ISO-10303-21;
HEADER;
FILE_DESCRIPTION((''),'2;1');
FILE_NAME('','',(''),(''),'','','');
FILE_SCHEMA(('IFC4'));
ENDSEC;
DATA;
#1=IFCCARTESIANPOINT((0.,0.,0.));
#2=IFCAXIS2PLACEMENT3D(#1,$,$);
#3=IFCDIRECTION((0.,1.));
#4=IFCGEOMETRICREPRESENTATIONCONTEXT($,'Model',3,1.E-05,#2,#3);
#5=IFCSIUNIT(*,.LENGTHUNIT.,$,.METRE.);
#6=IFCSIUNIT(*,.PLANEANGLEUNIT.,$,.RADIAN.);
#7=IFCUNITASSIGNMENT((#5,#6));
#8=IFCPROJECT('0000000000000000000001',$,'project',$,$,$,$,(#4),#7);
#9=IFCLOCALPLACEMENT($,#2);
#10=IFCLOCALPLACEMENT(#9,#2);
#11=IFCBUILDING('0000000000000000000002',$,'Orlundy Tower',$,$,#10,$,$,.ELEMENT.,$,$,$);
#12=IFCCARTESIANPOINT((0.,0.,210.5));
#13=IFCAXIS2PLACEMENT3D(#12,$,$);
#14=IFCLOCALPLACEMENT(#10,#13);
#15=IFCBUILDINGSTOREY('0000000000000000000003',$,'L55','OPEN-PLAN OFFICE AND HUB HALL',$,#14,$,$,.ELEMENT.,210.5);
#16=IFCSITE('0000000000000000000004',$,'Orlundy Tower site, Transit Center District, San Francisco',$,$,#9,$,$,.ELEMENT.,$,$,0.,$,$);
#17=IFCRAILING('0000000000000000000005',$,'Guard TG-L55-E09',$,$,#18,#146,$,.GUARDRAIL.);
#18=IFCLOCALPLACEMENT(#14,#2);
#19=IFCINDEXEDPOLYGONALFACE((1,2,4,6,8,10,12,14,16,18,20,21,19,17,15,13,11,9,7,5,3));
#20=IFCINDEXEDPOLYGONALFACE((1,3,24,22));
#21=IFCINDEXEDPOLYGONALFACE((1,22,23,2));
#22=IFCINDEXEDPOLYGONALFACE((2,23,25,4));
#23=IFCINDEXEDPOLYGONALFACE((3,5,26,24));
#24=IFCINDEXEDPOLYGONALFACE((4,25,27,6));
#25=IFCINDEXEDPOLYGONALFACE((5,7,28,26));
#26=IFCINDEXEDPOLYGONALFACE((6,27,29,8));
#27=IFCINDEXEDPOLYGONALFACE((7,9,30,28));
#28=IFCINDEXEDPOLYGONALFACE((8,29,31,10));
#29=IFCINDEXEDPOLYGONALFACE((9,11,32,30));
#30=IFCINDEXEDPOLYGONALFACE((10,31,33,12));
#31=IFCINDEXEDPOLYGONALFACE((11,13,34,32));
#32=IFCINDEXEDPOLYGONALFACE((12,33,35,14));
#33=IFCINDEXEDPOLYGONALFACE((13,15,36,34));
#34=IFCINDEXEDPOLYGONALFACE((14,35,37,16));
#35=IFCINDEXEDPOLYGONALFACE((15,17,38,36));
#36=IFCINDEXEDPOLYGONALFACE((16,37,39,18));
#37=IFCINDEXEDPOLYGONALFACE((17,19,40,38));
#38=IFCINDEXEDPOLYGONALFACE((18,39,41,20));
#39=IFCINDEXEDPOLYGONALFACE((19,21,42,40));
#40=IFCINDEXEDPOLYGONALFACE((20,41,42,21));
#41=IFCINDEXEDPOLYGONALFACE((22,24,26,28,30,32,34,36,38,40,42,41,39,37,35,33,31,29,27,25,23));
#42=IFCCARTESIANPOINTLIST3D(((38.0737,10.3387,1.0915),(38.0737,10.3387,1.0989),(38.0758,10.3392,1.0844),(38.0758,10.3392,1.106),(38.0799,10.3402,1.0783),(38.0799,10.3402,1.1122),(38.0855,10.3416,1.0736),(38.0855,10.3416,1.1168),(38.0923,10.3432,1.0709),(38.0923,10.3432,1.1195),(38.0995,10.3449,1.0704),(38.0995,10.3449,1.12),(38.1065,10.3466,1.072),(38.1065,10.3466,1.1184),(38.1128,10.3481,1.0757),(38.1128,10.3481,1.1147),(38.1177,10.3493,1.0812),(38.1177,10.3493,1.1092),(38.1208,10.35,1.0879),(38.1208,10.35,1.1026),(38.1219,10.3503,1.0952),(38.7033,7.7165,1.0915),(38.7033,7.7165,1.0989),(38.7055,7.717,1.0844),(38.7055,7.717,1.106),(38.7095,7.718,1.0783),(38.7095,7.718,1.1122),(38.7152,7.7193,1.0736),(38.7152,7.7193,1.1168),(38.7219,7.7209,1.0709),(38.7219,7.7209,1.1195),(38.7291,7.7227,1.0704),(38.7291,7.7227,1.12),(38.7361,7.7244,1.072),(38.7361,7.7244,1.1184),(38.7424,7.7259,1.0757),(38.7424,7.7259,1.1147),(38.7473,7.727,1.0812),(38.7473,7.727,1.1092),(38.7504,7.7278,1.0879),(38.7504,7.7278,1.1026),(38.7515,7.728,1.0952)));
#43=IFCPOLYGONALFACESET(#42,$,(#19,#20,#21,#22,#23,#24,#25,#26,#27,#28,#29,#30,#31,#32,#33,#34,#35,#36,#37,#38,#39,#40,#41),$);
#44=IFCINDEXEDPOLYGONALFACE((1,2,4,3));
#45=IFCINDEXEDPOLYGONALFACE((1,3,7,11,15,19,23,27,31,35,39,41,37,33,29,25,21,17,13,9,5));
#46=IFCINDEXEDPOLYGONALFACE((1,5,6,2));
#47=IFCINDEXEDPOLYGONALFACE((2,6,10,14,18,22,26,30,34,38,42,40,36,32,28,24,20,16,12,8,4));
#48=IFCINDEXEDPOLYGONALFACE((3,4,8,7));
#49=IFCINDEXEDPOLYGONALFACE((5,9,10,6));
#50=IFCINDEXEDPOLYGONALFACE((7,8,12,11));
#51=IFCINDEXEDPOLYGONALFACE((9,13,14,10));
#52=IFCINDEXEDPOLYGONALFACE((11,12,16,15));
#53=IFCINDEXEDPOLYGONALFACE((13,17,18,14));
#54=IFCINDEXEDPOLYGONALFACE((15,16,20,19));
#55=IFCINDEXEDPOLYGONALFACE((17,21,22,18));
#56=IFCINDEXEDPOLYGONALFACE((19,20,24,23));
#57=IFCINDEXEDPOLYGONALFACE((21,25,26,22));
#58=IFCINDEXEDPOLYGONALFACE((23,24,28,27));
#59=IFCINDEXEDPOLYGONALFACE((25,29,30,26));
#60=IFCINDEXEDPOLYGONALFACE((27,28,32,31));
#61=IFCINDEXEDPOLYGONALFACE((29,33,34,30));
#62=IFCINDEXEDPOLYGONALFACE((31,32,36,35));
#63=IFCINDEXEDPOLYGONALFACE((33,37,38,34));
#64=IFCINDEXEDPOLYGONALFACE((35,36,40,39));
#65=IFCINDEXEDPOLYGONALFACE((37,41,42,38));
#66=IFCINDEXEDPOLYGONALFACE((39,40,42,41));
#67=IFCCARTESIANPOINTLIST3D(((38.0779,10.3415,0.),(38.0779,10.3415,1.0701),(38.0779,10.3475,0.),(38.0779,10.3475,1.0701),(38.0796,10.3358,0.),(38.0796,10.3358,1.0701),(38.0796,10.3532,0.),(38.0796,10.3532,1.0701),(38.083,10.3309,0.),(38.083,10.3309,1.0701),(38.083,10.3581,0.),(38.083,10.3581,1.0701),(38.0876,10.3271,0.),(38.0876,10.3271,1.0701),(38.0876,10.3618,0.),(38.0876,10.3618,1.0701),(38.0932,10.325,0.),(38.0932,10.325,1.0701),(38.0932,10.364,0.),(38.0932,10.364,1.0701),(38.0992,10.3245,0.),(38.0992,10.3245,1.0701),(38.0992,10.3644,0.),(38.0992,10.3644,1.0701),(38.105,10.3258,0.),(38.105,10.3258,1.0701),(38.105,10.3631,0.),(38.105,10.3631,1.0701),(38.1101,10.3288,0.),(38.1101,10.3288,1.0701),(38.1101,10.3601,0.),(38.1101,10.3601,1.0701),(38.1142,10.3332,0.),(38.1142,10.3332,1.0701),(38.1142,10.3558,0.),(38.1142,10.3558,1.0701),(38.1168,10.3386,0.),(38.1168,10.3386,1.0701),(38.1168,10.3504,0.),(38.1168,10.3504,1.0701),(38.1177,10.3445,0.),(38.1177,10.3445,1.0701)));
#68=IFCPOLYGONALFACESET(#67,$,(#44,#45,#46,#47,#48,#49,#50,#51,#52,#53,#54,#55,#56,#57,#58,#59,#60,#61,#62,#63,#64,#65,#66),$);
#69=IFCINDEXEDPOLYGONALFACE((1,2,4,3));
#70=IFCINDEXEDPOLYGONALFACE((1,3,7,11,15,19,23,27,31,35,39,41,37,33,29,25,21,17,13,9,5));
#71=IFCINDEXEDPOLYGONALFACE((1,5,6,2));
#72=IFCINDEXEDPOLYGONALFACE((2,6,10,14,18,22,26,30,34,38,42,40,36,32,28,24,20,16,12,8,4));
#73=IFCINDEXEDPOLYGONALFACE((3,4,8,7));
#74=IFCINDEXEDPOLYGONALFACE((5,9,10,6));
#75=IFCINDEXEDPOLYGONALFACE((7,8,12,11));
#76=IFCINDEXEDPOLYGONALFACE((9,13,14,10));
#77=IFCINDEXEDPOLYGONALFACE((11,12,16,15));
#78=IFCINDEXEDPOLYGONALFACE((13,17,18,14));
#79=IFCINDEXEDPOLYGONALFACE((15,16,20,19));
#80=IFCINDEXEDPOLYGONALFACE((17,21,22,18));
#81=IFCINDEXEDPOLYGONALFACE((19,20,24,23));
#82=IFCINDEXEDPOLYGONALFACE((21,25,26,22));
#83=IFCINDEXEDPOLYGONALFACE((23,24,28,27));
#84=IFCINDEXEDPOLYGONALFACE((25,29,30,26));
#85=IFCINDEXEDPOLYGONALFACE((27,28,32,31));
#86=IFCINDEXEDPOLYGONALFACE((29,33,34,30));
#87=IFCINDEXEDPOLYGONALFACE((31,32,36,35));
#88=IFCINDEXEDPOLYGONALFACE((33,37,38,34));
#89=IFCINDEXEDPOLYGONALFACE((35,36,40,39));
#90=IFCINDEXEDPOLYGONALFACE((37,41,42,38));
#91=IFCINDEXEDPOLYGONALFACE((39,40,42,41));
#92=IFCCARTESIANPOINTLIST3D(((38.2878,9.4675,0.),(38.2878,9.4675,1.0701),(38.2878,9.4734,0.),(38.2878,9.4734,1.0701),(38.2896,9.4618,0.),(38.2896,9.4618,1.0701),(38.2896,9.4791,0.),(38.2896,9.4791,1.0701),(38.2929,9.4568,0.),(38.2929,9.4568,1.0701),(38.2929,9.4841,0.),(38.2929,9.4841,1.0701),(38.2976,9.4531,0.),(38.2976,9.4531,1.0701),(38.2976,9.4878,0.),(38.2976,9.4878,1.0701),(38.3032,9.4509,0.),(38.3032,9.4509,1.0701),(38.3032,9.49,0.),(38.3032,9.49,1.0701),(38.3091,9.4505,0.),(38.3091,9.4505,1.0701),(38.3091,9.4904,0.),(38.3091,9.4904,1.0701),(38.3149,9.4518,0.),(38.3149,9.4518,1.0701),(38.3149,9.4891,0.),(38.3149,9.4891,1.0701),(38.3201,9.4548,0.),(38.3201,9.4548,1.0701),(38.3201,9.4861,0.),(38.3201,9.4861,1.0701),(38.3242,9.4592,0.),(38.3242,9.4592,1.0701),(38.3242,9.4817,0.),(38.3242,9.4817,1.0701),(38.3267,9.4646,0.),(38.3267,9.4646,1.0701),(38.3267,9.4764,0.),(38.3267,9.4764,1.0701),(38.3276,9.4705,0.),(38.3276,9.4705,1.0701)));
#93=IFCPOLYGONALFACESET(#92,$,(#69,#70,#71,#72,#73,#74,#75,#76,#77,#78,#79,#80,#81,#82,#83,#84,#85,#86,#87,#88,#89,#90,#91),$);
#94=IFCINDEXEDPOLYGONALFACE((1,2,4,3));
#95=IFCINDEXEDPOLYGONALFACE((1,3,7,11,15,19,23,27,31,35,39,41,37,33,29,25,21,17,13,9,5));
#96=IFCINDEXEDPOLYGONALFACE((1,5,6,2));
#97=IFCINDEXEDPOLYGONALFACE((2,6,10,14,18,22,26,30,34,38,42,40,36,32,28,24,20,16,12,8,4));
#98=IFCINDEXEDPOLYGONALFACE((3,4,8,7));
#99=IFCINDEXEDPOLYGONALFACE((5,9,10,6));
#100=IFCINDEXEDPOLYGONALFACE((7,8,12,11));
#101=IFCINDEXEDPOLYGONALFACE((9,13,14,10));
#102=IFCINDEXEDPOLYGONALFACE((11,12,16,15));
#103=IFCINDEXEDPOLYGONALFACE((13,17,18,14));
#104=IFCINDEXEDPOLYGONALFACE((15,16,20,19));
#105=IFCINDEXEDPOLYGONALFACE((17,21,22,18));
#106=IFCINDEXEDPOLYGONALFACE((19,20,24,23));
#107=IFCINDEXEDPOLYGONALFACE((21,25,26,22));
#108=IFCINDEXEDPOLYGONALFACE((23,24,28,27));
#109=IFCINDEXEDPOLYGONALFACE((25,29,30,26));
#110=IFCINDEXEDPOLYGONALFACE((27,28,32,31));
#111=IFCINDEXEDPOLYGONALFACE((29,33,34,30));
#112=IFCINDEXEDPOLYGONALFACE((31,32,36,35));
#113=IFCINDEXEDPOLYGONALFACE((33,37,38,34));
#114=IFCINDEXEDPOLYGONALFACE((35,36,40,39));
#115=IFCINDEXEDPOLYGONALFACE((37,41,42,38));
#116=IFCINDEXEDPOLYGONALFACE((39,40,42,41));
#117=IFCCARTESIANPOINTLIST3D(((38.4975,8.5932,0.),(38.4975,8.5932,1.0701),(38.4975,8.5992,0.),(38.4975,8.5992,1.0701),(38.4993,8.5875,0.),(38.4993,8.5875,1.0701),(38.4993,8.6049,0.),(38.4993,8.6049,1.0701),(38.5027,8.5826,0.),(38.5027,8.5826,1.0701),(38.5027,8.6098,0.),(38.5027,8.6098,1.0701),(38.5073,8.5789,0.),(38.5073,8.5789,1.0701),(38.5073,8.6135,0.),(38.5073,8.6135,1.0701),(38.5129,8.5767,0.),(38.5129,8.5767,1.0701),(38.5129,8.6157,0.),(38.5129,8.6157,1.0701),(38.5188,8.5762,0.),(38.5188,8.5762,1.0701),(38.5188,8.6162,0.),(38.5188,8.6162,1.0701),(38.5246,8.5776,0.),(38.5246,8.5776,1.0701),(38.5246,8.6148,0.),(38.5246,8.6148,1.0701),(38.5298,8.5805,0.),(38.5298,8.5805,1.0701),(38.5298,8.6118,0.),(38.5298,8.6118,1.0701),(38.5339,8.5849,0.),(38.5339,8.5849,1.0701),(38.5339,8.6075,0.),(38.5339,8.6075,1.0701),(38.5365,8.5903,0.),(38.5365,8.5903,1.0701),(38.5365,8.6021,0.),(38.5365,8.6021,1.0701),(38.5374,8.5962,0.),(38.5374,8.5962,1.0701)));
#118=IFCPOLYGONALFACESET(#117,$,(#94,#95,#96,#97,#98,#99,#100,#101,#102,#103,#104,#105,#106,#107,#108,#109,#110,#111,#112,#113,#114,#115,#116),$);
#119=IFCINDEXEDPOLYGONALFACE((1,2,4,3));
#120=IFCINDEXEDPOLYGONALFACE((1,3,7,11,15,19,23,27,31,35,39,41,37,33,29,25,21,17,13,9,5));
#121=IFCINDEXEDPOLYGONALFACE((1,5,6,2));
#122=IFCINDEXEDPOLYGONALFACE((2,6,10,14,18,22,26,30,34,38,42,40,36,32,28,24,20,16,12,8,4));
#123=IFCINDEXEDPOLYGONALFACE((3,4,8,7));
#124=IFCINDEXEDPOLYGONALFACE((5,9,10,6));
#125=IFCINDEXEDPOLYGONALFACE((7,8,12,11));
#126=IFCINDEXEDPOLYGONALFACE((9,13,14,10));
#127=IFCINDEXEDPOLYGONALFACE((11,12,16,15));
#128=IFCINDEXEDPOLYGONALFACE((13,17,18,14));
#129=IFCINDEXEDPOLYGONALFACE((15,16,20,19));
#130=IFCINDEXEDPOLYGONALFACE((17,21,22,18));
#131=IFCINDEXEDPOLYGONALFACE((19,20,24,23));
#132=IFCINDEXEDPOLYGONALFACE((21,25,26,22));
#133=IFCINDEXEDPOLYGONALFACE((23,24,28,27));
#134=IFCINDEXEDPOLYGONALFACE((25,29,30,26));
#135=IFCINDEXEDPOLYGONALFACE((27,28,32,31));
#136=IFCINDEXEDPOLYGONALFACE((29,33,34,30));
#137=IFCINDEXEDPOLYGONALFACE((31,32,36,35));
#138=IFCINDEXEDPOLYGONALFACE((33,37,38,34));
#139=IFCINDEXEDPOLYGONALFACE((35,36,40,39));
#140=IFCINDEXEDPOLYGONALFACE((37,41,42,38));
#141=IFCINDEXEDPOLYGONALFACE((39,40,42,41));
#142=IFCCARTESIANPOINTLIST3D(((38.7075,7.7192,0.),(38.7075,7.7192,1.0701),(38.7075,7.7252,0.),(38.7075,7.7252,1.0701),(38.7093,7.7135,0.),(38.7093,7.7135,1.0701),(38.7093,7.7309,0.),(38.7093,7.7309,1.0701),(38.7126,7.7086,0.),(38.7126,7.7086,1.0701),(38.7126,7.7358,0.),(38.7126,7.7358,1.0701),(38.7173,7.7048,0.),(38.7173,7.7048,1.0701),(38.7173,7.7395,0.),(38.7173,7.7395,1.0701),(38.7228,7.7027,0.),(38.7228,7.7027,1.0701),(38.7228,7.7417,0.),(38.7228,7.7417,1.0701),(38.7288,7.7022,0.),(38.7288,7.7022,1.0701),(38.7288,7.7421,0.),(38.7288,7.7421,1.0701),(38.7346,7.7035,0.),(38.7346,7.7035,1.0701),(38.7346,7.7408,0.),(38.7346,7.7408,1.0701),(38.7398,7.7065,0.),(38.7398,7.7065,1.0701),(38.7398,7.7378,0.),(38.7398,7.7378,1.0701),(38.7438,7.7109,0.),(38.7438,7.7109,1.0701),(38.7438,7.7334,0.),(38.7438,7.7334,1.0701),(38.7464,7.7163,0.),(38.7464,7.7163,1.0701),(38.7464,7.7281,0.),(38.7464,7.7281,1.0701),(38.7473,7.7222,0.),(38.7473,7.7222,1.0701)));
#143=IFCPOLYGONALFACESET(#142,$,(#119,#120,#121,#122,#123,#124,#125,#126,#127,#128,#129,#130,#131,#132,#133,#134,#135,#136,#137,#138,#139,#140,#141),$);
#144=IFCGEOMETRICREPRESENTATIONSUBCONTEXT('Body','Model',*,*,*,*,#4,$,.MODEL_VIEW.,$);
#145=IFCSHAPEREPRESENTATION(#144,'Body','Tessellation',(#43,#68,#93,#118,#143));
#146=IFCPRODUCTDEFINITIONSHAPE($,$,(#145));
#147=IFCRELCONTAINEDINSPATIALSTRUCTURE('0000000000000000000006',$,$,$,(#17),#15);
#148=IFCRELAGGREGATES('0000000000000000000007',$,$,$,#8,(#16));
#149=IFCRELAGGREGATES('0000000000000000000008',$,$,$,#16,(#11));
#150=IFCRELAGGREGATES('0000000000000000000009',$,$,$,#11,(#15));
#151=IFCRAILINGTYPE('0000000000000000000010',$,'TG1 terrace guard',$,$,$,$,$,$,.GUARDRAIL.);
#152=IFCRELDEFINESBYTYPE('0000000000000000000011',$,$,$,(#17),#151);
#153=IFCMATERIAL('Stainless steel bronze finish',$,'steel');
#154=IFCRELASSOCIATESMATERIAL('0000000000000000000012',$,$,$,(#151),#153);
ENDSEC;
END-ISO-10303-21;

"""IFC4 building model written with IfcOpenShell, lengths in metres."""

from ifc_helpers import new_model, si_unit, direction, frame, origin, origin_2d, place, context, subcontext, project, spatial, circle, extrude, material, type_object, element, save


model = new_model("IFC4")

# Units and contexts
model_context = context("Model", 3, precision=1e-05, world=origin(), true_north=direction((0.0, 1.0)))
body_context = subcontext(model_context, "Body", "Model", "MODEL_VIEW")
ifc_project = project(units=[si_unit("LENGTHUNIT", "METRE"), si_unit("PLANEANGLEUNIT", "RADIAN")], contexts=[model_context])

# Site, building, storey
site_placement = place(None, origin())
site = spatial("IfcSite", under=ifc_project, at=site_placement, Name="Orlundy Tower site, Transit Center District, San Francisco", CompositionType="ELEMENT", RefElevation=0.0)
building_placement = place(site_placement, origin())
building = spatial("IfcBuilding", under=site, at=building_placement, Name="Orlundy Tower", CompositionType="ELEMENT")
storey_placement = place(building_placement, frame((0.0, 0.0, 210.5)))
storey = spatial("IfcBuildingStorey", under=building, at=storey_placement, Name="L55", Description="OPEN-PLAN OFFICE AND HUB HALL", CompositionType="ELEMENT", Elevation=210.5)

# Railing
ifc_material_1 = material(Name="Stainless steel bronze finish", Category="steel")
railing_type = type_object("IfcRailingType", Name="TG1 terrace guard", PredefinedType="GUARDRAIL", material=ifc_material_1)
railing_1_placement = place(storey_placement, frame((38.0977, 10.3445, 0.0)))
element("IfcRailing", 1, at=railing_1_placement, inside=storey, type_object=railing_type, Name="Guard TG-L55-E09", PredefinedType="GUARDRAIL", context=body_context, shape_type="SweptSolid", body=[
    extrude(circle(Radius=0.0249, at=origin_2d()), frame((0.0, 0.0, 1.0952), z_axis=(0.233472, -0.972363, 0.0), x_axis=(0.972363, 0.233472, 0.0)), (0.0, 0.0, 1.0), 2.6968),
    extrude(circle(Radius=0.02, at=origin_2d()), origin(), (0.0, 0.0, 1.0), 1.0701),
    extrude(circle(Radius=0.02, at=origin_2d()), frame((0.21, -0.874, 0.0)), (0.0, 0.0, 1.0), 1.0701),
    extrude(circle(Radius=0.02, at=origin_2d()), frame((0.4197, -1.7483, 0.0)), (0.0, 0.0, 1.0), 1.0701),
    extrude(circle(Radius=0.02, at=origin_2d()), frame((0.6296, -2.6223, 0.0)), (0.0, 0.0, 1.0), 1.0701),
])

save(model, "model.ifc")
